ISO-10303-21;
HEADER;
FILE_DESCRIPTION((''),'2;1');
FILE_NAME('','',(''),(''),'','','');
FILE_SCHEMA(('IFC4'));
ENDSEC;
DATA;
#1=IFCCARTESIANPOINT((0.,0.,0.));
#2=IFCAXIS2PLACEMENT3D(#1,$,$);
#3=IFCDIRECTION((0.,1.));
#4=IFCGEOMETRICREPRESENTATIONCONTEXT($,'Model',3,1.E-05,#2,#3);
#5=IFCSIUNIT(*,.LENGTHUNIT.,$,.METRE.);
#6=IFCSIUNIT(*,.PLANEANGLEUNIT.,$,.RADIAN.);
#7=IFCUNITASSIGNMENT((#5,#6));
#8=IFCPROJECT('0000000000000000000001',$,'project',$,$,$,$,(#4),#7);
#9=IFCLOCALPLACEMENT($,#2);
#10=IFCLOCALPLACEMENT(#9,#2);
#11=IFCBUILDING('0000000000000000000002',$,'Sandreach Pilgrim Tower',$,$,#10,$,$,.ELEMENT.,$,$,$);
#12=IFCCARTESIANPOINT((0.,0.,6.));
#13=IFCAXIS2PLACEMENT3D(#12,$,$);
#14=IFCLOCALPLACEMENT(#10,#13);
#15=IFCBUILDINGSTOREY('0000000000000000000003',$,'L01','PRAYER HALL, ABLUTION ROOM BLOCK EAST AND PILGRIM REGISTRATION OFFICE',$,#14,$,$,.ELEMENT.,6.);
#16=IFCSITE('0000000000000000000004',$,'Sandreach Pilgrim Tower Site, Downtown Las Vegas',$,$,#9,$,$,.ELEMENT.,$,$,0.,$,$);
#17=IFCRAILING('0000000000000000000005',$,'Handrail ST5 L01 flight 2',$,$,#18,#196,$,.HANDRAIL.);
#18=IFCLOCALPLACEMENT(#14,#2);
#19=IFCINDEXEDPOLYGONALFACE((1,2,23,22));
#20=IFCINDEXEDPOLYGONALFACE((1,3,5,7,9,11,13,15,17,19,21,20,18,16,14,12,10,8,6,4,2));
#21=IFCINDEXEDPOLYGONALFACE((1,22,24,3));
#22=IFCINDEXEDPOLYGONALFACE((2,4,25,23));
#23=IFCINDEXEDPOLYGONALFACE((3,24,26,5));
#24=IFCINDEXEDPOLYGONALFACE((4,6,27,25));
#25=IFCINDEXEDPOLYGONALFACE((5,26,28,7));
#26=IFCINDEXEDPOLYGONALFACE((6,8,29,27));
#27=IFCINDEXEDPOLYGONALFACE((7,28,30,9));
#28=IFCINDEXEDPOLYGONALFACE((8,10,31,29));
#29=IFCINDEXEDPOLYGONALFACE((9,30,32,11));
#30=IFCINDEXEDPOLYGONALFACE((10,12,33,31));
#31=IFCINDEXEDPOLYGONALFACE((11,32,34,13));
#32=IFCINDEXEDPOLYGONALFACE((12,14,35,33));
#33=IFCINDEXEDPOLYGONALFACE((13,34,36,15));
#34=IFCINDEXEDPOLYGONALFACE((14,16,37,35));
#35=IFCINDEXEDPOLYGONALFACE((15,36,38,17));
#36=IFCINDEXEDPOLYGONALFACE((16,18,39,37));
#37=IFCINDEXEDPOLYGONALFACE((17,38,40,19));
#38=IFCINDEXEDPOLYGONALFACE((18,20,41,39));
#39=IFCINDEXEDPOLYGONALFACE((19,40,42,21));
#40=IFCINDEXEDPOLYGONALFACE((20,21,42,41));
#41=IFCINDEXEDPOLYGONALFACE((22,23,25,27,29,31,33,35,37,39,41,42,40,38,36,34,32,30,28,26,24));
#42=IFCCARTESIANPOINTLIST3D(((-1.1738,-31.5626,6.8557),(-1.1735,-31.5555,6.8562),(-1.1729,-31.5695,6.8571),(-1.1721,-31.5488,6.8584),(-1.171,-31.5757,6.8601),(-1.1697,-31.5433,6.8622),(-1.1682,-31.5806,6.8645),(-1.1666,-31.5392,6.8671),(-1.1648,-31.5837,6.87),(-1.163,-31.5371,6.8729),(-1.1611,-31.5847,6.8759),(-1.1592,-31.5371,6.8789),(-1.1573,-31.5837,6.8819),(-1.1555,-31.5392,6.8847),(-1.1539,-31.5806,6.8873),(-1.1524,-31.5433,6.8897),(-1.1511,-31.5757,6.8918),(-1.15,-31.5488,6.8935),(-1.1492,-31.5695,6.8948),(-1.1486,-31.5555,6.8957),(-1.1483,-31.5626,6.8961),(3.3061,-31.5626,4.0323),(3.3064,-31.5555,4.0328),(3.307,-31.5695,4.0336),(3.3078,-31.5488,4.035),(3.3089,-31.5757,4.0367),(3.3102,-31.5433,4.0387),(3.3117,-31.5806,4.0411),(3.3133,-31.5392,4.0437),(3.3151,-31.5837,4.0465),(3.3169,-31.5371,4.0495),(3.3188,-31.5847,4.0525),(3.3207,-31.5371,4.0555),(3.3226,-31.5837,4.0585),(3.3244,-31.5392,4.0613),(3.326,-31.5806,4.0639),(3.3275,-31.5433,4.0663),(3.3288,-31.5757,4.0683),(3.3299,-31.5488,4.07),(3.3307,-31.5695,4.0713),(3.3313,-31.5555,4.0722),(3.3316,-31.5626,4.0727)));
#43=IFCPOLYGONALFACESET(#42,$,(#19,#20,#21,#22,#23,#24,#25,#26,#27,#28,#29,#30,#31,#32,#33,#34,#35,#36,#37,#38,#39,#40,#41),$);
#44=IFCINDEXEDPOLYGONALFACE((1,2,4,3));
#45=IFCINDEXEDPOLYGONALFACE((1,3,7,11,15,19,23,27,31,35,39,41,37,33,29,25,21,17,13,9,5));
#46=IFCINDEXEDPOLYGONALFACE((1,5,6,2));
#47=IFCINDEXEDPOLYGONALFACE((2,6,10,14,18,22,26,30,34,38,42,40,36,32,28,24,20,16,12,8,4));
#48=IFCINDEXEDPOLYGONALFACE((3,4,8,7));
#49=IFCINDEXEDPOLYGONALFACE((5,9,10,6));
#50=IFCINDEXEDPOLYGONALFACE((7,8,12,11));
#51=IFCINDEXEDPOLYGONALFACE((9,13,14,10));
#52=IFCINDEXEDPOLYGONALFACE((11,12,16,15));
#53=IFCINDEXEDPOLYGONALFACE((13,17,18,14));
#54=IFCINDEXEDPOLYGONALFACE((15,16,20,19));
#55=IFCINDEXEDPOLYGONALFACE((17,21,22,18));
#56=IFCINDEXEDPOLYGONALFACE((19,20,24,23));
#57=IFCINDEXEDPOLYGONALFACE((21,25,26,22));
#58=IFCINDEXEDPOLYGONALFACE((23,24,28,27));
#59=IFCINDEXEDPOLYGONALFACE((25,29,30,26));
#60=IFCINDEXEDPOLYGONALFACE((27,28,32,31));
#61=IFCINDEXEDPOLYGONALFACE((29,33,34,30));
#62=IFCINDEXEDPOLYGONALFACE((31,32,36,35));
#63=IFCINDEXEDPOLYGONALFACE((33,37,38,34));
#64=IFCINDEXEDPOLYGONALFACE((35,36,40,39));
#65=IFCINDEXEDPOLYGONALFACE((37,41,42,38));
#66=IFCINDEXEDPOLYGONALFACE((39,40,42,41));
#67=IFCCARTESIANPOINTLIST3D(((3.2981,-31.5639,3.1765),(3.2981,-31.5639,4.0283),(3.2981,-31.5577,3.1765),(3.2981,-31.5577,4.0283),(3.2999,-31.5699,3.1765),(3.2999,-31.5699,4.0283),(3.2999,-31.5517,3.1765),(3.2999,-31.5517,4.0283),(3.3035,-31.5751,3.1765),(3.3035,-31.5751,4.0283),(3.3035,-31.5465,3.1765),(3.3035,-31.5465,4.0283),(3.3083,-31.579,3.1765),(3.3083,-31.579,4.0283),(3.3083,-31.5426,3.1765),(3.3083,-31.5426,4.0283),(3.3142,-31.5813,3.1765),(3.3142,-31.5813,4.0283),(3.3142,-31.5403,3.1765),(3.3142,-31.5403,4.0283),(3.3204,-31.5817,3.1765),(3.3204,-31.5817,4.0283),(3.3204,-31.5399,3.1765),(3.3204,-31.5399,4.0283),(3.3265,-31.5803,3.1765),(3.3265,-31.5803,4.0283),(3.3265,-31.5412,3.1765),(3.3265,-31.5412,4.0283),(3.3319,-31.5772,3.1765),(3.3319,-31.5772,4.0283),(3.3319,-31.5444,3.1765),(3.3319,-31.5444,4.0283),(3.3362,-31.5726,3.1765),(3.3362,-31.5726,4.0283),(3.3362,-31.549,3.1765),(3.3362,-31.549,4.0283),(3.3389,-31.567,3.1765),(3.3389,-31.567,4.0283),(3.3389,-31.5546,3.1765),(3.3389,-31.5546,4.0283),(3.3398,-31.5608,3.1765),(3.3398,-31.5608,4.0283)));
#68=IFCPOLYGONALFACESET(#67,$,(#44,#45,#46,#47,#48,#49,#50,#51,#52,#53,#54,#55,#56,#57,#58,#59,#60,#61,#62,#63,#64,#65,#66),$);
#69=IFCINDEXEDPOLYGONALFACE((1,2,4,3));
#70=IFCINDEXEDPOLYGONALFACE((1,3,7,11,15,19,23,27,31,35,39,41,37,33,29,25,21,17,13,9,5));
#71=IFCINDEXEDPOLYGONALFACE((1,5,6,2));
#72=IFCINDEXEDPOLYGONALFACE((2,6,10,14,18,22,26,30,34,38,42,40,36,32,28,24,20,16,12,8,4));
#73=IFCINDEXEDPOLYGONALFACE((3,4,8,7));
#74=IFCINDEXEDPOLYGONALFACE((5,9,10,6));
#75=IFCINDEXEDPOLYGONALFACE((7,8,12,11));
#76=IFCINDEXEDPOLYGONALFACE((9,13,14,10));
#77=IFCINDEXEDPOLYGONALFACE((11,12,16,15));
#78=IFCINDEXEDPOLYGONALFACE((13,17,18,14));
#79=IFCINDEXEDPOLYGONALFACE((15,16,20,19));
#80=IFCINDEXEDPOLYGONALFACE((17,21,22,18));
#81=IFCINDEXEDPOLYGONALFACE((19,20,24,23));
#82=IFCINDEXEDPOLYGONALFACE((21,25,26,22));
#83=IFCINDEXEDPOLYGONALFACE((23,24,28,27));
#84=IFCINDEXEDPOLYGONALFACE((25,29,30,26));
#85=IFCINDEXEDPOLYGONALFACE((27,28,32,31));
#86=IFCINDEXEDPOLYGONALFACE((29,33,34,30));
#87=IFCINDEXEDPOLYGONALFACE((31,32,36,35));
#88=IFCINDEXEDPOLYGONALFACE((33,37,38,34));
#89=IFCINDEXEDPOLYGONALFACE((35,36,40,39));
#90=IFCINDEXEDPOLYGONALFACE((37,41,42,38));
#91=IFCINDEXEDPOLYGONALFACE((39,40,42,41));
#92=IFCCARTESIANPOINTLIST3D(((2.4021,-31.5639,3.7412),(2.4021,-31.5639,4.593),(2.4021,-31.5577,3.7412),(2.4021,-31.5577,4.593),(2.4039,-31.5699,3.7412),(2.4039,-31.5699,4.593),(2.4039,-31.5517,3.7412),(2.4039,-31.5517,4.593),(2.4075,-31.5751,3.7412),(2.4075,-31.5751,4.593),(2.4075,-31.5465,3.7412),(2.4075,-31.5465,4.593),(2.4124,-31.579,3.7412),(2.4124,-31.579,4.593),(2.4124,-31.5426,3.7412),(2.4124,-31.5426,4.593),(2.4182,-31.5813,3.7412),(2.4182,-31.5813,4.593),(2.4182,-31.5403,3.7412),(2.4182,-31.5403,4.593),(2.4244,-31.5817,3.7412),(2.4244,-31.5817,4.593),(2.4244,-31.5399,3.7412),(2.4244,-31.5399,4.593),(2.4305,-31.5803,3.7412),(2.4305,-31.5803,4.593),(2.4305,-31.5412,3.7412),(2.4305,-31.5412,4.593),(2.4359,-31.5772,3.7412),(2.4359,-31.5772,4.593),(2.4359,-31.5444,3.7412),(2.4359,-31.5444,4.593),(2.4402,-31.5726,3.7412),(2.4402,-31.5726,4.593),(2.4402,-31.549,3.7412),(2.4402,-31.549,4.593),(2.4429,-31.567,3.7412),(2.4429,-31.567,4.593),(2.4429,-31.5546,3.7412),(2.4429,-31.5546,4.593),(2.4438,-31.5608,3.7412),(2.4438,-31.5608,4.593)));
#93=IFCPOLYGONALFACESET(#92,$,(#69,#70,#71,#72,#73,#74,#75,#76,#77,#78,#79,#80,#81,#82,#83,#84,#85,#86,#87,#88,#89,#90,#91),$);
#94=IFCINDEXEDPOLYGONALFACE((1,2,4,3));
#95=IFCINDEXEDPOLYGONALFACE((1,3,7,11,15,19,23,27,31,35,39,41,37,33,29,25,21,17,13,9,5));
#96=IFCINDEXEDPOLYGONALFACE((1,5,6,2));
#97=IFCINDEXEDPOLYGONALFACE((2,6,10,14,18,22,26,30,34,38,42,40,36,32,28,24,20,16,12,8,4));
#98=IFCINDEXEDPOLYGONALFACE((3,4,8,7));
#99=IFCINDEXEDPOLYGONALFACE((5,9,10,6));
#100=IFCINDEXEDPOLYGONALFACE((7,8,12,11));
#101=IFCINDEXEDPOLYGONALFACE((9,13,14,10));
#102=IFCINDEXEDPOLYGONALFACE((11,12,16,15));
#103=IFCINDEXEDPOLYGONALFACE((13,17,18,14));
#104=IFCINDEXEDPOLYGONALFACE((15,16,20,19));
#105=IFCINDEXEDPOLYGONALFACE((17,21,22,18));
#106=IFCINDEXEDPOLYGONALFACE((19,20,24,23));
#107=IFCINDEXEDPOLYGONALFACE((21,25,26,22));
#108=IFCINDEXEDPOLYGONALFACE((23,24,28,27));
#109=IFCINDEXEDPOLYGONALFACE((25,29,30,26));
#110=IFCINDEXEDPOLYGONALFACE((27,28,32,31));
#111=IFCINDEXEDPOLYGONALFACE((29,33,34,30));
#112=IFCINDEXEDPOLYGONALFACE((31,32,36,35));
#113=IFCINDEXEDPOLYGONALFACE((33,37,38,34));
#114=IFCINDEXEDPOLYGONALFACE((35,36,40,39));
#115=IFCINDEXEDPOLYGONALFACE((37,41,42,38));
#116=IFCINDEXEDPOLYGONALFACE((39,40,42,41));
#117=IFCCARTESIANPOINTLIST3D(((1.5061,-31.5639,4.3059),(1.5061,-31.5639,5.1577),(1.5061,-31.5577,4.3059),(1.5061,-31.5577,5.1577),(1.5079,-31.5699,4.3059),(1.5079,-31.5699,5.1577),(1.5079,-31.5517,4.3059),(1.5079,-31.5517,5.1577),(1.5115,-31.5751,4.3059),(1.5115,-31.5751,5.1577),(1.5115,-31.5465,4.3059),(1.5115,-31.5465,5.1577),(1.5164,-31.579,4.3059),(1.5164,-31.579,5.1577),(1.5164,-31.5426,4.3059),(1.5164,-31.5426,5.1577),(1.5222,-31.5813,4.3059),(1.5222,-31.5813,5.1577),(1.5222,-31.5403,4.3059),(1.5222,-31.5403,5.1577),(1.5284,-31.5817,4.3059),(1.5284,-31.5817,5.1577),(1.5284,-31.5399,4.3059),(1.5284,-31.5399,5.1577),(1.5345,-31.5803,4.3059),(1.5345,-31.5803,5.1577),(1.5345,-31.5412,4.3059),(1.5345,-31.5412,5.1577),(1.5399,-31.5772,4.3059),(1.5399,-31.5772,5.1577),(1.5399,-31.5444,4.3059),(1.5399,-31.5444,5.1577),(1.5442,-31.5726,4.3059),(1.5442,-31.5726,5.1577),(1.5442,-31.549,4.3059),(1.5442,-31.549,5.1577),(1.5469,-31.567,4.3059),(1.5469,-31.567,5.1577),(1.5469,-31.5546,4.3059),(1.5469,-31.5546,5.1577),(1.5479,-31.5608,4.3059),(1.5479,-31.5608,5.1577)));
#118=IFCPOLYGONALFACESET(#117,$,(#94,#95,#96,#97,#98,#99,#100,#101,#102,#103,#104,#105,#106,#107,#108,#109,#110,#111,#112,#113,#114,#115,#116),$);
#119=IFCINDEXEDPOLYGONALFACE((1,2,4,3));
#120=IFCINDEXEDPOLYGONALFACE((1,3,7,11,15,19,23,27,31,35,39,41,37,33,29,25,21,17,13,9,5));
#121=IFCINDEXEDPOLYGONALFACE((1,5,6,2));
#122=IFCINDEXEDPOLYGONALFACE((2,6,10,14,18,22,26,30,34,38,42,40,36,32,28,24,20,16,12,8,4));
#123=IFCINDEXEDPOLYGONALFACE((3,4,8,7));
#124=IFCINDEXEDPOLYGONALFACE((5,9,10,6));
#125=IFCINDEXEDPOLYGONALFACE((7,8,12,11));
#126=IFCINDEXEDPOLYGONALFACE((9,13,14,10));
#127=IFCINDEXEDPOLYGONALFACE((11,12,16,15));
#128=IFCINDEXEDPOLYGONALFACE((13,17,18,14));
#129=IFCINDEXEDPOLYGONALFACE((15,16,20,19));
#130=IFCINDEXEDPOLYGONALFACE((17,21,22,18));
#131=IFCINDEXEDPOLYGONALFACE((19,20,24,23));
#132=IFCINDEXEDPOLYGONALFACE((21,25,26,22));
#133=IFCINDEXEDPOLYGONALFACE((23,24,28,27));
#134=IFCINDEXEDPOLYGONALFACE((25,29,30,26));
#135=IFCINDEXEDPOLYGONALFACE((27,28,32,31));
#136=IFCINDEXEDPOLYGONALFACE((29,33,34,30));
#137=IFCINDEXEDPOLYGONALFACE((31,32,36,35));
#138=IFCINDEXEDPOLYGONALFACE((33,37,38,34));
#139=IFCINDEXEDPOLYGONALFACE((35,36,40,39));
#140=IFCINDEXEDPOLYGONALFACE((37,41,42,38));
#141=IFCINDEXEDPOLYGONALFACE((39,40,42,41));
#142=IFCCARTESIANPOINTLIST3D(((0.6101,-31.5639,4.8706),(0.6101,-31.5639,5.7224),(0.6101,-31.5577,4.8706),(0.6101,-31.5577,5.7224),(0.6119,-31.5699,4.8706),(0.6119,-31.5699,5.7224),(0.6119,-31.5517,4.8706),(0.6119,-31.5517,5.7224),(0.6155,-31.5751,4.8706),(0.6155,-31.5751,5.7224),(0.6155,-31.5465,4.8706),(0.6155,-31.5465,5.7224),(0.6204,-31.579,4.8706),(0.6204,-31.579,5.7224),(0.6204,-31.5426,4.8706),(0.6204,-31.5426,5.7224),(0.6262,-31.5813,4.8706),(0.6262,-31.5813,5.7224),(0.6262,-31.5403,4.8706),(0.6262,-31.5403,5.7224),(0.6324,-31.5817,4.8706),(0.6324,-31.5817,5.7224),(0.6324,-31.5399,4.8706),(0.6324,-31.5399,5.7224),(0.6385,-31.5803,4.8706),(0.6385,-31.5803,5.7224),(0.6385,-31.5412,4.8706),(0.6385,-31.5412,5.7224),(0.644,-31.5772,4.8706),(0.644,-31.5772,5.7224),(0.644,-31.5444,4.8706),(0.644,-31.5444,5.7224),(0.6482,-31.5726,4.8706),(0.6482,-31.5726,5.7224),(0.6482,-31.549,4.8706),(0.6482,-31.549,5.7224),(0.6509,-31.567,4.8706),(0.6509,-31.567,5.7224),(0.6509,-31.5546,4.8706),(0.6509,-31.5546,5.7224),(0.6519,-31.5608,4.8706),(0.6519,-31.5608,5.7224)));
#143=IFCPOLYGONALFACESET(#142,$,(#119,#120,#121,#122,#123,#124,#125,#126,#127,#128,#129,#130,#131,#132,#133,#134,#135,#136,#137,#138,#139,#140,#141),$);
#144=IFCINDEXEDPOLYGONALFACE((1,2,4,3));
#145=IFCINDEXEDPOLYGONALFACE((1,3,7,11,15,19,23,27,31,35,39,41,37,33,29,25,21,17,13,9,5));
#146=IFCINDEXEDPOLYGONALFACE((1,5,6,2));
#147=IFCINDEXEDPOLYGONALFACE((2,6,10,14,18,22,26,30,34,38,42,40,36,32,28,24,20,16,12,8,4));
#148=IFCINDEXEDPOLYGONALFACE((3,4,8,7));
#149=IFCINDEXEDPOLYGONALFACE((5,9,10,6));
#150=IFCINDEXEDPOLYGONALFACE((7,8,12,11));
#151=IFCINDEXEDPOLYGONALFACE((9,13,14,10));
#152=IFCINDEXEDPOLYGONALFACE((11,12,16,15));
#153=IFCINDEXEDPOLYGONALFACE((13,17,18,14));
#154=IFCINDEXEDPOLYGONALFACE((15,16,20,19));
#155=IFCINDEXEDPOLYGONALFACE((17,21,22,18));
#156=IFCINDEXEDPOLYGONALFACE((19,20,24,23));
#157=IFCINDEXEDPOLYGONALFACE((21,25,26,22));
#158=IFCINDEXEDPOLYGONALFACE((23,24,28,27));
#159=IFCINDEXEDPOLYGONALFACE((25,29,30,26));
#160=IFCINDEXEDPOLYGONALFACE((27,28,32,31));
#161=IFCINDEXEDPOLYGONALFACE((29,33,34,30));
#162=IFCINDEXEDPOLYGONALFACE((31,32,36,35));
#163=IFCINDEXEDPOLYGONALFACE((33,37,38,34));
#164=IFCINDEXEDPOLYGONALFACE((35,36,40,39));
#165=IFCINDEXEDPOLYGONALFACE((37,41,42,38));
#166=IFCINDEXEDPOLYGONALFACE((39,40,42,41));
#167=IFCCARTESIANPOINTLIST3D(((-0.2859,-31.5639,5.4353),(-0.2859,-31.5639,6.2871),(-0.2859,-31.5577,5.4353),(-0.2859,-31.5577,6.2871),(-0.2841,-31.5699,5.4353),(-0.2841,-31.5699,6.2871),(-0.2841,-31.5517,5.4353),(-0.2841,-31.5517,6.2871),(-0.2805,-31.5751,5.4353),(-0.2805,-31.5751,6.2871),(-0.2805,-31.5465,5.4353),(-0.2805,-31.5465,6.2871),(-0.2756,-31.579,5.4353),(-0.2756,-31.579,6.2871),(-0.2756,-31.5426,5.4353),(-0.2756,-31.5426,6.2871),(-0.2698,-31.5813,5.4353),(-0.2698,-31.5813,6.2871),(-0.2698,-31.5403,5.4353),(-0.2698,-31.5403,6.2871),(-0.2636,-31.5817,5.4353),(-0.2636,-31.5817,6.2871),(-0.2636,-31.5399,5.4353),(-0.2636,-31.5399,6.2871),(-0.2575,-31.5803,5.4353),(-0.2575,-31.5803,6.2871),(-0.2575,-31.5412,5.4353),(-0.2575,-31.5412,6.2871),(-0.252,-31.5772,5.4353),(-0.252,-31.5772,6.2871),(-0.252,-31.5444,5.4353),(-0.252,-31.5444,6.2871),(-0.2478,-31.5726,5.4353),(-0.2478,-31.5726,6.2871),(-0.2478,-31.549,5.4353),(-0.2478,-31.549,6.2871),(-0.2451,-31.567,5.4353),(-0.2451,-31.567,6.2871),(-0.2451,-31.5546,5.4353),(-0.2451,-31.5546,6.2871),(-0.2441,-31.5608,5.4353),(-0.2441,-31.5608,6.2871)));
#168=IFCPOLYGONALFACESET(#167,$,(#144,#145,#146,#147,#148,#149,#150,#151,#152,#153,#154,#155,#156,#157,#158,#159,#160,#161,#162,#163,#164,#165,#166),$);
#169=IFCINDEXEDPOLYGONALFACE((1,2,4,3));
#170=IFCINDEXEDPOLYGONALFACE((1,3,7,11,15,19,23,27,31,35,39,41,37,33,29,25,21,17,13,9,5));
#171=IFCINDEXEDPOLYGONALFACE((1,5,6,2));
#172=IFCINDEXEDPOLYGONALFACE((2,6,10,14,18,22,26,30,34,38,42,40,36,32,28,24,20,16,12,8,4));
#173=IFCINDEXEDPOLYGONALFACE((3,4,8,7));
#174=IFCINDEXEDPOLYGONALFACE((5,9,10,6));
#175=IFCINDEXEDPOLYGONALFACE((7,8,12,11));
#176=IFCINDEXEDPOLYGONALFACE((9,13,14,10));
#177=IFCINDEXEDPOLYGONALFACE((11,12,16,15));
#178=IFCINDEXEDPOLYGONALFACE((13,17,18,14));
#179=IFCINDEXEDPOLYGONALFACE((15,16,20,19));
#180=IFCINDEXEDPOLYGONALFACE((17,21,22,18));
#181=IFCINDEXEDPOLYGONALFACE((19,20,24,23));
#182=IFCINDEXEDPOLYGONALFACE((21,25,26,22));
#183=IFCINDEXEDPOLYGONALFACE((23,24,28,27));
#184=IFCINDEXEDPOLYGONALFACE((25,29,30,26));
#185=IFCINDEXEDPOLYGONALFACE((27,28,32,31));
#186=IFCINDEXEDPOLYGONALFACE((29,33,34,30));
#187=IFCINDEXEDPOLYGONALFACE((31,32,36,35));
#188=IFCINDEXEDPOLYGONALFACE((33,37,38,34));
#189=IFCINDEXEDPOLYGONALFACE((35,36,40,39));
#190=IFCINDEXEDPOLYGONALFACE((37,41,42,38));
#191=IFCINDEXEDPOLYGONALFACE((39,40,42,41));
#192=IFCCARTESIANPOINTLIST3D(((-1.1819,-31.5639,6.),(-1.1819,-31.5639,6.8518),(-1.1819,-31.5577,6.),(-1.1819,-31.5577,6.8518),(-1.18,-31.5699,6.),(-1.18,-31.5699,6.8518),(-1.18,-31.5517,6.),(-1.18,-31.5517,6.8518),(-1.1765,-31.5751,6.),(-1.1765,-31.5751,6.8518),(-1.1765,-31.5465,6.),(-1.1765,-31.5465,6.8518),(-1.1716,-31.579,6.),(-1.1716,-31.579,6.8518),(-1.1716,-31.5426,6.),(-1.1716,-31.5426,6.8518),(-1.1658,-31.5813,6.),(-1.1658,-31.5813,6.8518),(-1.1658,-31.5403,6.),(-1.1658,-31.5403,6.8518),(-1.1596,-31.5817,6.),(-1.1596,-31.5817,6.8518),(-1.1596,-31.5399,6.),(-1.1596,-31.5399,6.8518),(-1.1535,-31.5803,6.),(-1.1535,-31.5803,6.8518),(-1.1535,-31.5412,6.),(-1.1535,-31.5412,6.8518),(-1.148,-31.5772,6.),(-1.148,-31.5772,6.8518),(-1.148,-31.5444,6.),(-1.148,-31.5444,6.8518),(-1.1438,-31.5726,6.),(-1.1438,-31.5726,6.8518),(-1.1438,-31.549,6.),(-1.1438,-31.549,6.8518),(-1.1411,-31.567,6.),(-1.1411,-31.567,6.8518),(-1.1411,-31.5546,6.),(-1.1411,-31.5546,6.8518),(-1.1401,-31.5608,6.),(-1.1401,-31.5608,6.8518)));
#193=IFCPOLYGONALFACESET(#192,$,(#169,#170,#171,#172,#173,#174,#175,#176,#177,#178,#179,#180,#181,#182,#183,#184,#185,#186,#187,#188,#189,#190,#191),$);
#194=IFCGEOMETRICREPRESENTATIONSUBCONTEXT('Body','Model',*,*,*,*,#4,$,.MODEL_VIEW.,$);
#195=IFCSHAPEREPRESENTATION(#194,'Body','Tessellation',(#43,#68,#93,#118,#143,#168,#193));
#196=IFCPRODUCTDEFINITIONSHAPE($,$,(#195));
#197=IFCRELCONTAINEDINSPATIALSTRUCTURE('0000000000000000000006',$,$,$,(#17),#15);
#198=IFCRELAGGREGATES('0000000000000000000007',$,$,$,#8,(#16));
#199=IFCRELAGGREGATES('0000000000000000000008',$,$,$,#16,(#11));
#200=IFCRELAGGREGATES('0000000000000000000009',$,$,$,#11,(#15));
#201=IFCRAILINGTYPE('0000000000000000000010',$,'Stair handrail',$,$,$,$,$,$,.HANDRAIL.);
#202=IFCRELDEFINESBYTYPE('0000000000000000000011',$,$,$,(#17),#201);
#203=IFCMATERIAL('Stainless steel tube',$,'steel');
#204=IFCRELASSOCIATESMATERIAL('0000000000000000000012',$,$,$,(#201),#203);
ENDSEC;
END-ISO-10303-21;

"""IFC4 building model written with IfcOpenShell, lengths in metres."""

from ifc_helpers import new_model, si_unit, direction, frame, origin, origin_2d, place, context, subcontext, project, spatial, circle, extrude, material, type_object, element, save


model = new_model("IFC4")

# Units and contexts
model_context = context("Model", 3, precision=1e-05, world=origin(), true_north=direction((0.0, 1.0)))
body_context = subcontext(model_context, "Body", "Model", "MODEL_VIEW")
ifc_project = project(units=[si_unit("LENGTHUNIT", "METRE"), si_unit("PLANEANGLEUNIT", "RADIAN")], contexts=[model_context])

# Site, building, storey
site_placement = place(None, origin())
site = spatial("IfcSite", under=ifc_project, at=site_placement, Name="Sandreach Pilgrim Tower Site, Downtown Las Vegas", CompositionType="ELEMENT", RefElevation=0.0)
building_placement = place(site_placement, origin())
building = spatial("IfcBuilding", under=site, at=building_placement, Name="Sandreach Pilgrim Tower", CompositionType="ELEMENT")
storey_placement = place(building_placement, frame((0.0, 0.0, 6.0)))
storey = spatial("IfcBuildingStorey", under=building, at=storey_placement, Name="L01", Description="PRAYER HALL, ABLUTION ROOM BLOCK EAST AND PILGRIM REGISTRATION OFFICE", CompositionType="ELEMENT", Elevation=6.0)

# Railing
ifc_material_1 = material(Name="Stainless steel tube", Category="steel")
railing_type = type_object("IfcRailingType", Name="Stair handrail", PredefinedType="HANDRAIL", material=ifc_material_1)
for number, where, name in (
    (1, (3.3188, -31.5608, 3.1765), "Handrail ST5 L01 flight 2"),
):
    element("IfcRailing", number, at=place(storey_placement, frame(where)), inside=storey, type_object=railing_type, Name=name, PredefinedType="HANDRAIL", context=body_context, shape_type="SweptSolid", body=[
        extrude(circle(Radius=0.0239, at=origin_2d()), frame((0.0, 0.0, 0.876), z_axis=(-0.845998, 0.0, 0.533186), x_axis=(0.0, -1.0, 0.0)), (0.0, 0.0, 1.0), 5.2954),
        extrude(circle(Radius=0.021, at=origin_2d()), origin(), (0.0, 0.0, 1.0), 0.8518),
        extrude(circle(Radius=0.021, at=origin_2d()), frame((-0.896, 0.0, 0.5647)), (0.0, 0.0, 1.0), 0.8518),
        extrude(circle(Radius=0.021, at=origin_2d()), frame((-1.792, 0.0, 1.1294)), (0.0, 0.0, 1.0), 0.8518),
        extrude(circle(Radius=0.021, at=origin_2d()), frame((-2.688, 0.0, 1.6941)), (0.0, 0.0, 1.0), 0.8518),
        extrude(circle(Radius=0.021, at=origin_2d()), frame((-3.584, 0.0, 2.2588)), (0.0, 0.0, 1.0), 0.8518),
        extrude(circle(Radius=0.021, at=origin_2d()), frame((-4.48, 0.0, 2.8235)), (0.0, 0.0, 1.0), 0.8518),
    ])

save(model, "model.ifc")
